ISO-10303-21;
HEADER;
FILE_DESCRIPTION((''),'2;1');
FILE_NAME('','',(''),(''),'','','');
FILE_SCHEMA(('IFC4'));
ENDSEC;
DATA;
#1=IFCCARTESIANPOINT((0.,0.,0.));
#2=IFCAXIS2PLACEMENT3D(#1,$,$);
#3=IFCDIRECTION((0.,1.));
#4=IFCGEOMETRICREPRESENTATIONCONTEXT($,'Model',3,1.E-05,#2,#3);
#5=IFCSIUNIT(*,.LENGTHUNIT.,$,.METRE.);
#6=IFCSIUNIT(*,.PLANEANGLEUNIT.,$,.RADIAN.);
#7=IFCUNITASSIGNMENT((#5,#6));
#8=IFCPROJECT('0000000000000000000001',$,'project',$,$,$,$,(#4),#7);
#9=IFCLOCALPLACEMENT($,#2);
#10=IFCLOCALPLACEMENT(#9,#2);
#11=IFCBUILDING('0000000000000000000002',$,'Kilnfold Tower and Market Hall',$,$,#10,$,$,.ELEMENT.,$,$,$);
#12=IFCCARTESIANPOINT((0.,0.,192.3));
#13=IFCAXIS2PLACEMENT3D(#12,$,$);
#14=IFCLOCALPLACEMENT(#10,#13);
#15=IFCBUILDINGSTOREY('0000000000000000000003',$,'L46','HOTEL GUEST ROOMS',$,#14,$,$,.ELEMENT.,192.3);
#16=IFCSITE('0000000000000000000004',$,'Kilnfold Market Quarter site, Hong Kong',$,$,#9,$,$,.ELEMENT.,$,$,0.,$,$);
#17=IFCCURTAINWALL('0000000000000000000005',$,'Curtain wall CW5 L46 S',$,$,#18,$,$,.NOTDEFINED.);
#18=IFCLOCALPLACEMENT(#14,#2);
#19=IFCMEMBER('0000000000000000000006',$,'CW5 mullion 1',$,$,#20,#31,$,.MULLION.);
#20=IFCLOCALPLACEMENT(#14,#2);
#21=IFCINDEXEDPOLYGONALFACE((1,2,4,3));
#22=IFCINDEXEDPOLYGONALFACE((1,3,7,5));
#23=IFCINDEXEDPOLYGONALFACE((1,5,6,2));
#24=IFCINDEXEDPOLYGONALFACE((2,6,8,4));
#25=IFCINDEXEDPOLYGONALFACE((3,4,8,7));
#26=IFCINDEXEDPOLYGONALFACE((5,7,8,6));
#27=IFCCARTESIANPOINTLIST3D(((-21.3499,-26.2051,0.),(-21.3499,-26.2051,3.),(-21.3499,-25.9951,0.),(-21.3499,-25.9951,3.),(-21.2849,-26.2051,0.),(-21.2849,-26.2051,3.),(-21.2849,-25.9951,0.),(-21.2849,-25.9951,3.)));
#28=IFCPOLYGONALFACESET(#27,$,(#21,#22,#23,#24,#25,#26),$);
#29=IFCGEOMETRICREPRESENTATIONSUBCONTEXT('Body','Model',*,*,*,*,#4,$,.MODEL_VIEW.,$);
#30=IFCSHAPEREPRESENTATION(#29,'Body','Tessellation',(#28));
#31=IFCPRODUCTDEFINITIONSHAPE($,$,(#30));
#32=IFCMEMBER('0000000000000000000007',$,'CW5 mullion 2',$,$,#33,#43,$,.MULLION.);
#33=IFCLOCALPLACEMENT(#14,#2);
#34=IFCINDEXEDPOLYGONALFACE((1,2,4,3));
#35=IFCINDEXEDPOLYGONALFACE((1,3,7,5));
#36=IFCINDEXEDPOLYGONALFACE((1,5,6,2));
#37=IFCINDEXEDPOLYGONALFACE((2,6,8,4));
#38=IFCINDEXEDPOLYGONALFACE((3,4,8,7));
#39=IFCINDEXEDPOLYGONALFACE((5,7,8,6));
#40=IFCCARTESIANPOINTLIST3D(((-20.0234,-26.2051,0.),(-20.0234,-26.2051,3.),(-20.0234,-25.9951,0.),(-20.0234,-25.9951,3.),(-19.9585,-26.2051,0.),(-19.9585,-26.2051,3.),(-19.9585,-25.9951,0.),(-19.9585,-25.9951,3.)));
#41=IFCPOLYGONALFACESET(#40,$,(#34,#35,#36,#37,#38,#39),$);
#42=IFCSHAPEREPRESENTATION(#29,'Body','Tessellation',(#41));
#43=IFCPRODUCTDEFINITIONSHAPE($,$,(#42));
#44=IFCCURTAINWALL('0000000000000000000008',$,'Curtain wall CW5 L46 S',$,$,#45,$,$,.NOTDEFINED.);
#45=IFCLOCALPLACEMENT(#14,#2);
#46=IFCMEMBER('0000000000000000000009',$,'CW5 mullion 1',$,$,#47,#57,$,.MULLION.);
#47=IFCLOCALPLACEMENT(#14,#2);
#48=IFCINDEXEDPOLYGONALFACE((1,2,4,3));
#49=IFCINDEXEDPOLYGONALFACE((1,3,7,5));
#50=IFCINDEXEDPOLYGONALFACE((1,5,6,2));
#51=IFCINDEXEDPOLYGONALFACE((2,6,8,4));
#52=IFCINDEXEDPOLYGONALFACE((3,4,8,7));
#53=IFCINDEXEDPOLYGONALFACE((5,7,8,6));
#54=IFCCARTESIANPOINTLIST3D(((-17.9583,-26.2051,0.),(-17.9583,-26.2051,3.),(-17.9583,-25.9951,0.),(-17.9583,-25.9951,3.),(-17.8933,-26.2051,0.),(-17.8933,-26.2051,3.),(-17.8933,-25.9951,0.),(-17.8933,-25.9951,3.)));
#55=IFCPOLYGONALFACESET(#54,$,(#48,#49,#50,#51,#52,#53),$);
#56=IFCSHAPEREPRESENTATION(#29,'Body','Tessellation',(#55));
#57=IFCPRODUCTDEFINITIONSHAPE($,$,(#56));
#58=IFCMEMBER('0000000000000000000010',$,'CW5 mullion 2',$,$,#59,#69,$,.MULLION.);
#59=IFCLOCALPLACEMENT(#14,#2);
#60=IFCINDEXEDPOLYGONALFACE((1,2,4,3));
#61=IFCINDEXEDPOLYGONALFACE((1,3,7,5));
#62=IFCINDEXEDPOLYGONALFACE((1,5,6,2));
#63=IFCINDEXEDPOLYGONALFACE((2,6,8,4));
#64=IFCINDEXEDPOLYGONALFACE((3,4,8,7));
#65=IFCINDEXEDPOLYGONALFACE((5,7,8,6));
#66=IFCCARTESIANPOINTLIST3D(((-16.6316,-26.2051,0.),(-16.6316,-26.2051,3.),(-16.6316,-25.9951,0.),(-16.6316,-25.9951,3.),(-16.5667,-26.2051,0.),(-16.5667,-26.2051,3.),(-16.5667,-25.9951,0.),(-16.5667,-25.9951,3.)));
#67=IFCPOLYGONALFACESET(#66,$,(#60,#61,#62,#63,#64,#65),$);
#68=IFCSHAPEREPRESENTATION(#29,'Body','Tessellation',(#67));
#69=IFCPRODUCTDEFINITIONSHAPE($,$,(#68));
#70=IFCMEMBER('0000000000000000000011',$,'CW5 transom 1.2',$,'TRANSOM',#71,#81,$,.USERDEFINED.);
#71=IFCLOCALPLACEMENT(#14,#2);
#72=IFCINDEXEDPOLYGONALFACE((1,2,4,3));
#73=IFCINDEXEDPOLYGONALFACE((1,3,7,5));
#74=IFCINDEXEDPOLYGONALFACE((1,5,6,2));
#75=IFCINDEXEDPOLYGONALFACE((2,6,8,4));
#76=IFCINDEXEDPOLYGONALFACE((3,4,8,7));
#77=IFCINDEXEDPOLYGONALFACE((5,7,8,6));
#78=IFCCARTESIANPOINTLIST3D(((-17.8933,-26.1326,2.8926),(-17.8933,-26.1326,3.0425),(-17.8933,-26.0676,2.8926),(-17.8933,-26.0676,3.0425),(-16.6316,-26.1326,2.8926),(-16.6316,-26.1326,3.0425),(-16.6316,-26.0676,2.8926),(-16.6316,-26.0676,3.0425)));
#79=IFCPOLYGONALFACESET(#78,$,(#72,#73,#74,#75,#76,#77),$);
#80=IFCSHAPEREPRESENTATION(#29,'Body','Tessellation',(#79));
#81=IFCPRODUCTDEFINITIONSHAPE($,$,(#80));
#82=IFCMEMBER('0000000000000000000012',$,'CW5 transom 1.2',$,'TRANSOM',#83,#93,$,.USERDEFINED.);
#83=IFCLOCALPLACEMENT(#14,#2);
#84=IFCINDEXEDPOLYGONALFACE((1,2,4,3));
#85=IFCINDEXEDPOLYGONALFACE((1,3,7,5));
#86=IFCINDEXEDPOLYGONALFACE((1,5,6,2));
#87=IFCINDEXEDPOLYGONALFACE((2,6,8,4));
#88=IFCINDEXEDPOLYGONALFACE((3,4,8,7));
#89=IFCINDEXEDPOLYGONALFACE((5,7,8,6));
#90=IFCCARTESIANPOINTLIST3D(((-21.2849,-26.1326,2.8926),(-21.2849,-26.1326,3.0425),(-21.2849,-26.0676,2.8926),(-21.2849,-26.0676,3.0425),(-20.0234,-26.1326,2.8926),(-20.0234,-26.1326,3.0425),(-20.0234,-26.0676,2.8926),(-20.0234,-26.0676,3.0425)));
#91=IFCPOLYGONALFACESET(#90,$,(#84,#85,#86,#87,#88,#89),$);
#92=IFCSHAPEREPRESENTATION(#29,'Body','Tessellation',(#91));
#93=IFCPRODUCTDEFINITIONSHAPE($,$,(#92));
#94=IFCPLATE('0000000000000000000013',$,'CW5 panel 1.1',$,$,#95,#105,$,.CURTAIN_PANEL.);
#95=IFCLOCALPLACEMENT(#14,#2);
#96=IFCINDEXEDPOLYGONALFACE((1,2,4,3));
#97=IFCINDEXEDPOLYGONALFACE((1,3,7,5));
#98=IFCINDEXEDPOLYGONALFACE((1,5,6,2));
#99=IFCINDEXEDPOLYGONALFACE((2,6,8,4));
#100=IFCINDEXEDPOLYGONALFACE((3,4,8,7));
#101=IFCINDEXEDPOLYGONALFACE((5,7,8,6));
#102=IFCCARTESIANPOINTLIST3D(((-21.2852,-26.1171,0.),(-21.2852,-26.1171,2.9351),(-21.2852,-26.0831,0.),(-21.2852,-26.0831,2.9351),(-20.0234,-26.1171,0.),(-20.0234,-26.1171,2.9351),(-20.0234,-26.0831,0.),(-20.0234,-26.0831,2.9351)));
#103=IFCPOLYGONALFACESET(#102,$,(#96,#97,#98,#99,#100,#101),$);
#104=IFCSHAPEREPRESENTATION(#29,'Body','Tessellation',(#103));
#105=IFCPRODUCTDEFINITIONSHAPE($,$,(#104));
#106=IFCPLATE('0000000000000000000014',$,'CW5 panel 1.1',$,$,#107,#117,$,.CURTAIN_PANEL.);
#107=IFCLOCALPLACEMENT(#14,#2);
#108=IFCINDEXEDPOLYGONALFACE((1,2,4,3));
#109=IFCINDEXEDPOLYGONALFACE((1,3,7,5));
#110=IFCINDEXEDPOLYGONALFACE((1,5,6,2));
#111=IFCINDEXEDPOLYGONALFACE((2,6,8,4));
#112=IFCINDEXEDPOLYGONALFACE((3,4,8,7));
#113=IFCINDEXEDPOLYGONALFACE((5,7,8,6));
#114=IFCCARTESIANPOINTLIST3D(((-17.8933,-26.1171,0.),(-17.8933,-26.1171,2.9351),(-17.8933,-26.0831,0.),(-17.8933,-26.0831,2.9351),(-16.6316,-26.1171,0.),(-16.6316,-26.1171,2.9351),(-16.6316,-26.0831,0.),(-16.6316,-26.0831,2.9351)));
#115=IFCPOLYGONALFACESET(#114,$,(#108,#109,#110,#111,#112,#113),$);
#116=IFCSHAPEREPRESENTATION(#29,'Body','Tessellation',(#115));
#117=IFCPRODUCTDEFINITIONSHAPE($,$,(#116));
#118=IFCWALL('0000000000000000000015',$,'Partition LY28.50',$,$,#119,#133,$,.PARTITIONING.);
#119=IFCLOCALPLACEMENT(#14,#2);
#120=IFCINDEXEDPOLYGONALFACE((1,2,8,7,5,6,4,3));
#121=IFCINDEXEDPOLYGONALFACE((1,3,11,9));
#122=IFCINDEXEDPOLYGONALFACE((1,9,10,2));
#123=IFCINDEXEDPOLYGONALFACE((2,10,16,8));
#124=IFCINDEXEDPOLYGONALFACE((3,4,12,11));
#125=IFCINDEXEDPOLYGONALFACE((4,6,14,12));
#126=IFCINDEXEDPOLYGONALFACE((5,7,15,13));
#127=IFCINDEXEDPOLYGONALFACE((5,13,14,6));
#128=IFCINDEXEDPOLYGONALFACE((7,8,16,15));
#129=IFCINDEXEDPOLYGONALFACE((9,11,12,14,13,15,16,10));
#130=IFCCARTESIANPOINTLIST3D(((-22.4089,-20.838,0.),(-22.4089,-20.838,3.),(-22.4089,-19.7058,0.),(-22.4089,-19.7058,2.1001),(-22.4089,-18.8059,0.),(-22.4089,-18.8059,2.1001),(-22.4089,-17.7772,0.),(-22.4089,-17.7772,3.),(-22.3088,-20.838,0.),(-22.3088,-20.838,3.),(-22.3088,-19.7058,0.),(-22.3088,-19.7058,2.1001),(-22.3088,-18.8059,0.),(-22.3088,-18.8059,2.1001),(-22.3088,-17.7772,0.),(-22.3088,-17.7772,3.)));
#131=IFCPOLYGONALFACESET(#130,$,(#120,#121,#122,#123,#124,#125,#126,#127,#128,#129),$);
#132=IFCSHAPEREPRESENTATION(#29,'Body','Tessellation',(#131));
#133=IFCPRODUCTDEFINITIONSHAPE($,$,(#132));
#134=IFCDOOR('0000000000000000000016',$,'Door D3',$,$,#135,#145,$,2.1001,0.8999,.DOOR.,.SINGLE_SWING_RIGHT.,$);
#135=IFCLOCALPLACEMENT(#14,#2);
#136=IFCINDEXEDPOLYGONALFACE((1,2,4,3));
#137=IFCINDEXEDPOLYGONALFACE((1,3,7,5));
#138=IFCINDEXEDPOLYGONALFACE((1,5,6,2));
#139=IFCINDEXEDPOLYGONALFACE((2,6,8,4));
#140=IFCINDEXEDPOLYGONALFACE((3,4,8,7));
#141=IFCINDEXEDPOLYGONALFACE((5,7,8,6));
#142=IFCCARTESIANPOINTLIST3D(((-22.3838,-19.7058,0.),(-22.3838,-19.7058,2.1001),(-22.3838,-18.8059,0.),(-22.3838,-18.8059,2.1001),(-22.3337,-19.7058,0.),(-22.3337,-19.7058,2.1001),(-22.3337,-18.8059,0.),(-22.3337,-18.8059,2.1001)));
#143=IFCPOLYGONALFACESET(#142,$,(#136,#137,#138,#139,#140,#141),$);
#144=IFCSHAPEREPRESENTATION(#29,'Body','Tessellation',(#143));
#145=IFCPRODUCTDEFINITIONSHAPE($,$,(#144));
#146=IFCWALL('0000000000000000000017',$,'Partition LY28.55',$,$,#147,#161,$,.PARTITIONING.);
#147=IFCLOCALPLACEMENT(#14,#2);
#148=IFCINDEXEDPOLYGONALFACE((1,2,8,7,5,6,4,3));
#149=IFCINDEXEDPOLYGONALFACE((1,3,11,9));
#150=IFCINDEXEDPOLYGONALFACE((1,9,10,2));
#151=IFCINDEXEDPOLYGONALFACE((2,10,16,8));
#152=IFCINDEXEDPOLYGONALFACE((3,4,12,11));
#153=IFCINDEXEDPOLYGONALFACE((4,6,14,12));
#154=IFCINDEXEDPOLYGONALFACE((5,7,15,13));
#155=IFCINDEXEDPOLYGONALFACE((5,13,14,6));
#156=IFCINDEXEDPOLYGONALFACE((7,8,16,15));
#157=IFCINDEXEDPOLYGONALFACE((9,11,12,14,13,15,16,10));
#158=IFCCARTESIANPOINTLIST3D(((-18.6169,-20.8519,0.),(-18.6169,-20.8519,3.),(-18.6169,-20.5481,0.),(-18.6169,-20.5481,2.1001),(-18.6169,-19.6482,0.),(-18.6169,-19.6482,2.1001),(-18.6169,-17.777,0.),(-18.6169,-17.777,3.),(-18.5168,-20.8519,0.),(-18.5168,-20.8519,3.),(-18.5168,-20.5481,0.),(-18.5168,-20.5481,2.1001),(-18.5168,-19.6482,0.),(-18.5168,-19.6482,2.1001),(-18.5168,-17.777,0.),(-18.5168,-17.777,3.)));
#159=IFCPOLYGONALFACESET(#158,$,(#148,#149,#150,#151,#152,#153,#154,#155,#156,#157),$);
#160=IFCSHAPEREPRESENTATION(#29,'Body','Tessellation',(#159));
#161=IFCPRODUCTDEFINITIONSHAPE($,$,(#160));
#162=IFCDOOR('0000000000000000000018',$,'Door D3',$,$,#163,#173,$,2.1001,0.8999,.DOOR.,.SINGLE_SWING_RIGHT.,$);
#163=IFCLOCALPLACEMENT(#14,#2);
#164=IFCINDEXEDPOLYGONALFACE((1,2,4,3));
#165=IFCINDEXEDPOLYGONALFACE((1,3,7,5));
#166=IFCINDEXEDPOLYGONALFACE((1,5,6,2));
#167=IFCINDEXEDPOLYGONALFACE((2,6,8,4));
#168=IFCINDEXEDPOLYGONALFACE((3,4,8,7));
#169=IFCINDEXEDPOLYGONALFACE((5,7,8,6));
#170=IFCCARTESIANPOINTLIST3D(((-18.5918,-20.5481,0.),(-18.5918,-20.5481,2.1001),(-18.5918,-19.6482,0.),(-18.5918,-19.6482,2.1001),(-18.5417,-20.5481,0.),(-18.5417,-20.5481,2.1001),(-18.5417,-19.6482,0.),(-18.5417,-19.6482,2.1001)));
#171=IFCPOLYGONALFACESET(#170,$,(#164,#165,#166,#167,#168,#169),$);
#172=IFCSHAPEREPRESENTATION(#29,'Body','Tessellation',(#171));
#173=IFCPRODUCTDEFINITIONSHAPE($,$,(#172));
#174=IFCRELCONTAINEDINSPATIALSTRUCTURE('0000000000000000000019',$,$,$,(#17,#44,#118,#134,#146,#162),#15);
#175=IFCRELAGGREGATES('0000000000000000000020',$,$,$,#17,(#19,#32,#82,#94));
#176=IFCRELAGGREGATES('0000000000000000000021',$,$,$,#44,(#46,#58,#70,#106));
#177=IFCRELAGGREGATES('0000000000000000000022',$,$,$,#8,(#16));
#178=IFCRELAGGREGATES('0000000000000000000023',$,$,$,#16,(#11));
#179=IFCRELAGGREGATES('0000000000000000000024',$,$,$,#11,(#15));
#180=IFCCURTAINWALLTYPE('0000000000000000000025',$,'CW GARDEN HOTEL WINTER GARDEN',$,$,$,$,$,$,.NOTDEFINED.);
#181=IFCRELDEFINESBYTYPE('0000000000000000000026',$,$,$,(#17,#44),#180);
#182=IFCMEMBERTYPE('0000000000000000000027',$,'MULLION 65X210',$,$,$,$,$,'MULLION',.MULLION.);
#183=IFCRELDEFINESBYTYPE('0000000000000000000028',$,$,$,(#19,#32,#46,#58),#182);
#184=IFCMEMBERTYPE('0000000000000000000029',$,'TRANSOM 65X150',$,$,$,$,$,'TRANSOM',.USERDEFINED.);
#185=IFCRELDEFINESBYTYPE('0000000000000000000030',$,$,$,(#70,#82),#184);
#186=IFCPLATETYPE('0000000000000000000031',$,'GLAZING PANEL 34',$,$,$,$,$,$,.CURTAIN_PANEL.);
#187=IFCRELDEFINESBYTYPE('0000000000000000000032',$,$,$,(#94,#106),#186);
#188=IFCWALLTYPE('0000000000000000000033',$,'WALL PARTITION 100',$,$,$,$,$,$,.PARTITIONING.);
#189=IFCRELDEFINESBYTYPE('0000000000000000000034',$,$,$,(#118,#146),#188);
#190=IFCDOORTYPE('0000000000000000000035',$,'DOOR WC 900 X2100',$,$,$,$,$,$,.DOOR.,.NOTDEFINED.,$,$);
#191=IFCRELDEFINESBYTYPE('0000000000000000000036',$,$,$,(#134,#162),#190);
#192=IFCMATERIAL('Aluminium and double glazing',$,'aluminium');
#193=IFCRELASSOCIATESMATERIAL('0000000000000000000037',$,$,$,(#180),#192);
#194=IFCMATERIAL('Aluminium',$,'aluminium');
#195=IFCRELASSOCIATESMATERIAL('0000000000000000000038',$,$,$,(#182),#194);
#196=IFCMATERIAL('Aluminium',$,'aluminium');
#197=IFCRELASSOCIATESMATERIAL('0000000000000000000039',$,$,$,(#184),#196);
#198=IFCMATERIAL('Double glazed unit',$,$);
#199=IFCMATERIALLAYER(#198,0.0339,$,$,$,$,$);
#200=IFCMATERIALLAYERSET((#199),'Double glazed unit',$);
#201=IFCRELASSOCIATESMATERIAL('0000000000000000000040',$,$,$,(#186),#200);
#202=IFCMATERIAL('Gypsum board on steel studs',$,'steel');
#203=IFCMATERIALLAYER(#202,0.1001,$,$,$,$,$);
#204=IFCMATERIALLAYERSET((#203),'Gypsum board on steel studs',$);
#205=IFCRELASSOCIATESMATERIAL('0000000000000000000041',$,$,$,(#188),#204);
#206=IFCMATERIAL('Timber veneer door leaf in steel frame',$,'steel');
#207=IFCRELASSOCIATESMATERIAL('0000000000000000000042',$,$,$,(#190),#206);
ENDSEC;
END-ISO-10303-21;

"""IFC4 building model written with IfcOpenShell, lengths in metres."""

from ifc_helpers import new_model, si_unit, direction, frame, frame_2d, origin, origin_2d, place, context, subcontext, project, spatial, rectangle, extrude, source, transform, mapped, material, layer, layer_set, material_profile, profile_set, type_object, element, fill, aggregate, save


model = new_model("IFC4")

# Units and contexts
model_context = context("Model", 3, precision=1e-05, world=origin(), true_north=direction((0.0, 1.0)))
body_context = subcontext(model_context, "Body", "Model", "MODEL_VIEW")
ifc_project = project(units=[si_unit("LENGTHUNIT", "METRE"), si_unit("PLANEANGLEUNIT", "RADIAN")], contexts=[model_context])

# Site, building, storey
site_placement = place(None, origin())
site = spatial("IfcSite", under=ifc_project, at=site_placement, Name="Kilnfold Market Quarter site, Hong Kong", CompositionType="ELEMENT", RefElevation=0.0)
building_placement = place(site_placement, origin())
building = spatial("IfcBuilding", under=site, at=building_placement, Name="Kilnfold Tower and Market Hall", CompositionType="ELEMENT")
storey_placement = place(building_placement, frame((0.0, 0.0, 192.3)))
storey = spatial("IfcBuildingStorey", under=building, at=storey_placement, Name="L46", Description="HOTEL GUEST ROOMS", CompositionType="ELEMENT", Elevation=192.3)

# Curtain walls, members
ifc_material_1 = material(Name="Aluminium and double glazing", Category="aluminium")
curtain_wall_type = type_object("IfcCurtainWallType", Name="CW GARDEN HOTEL WINTER GARDEN", PredefinedType="NOTDEFINED", material=ifc_material_1)
curtain_wall_1_placement = place(storey_placement, origin())
curtain_wall_1 = element("IfcCurtainWall", 1, at=curtain_wall_1_placement, inside=storey, type_object=curtain_wall_type, Name="Curtain wall CW5 L46 S", PredefinedType="NOTDEFINED")
ifc_material_2 = material(Name="Aluminium", Category="aluminium")
ifc_material_profile_1 = material_profile(ifc_material_2, rectangle(XDim=0.0649, YDim=0.21, at=origin_2d()), Name="MULLION 65x210")
ifc_profile_set_1 = profile_set([ifc_material_profile_1], Name="Aluminium")
member_type_1 = type_object("IfcMemberType", Name="MULLION 65X210", ElementType="MULLION", PredefinedType="MULLION", material=ifc_profile_set_1)
shared_shape_1 = source(origin(), body_context, "Body", "SweptSolid", [
    extrude(rectangle(XDim=0.0649, YDim=0.21, at=origin_2d()), origin(), (0.0, 0.0, 1.0), 3.0),
])
member_1_placement = place(storey_placement, frame((-21.3174, -26.1001, 0.0), z_axis=(0.0, 0.0, 1.0), x_axis=(1.0, 0.0, 0.0)))
member_1 = element("IfcMember", 2, at=member_1_placement, type_object=member_type_1, Name="CW5 mullion 1", PredefinedType="MULLION", context=body_context, shape_type="MappedRepresentation", body=[
    mapped(shared_shape_1, transform((0.0, 0.0, 0.0))),
])
member_2_placement = place(storey_placement, frame((-19.991, -26.1001, 0.0), z_axis=(0.0, 0.0, 1.0), x_axis=(1.0, 0.0, 0.0)))
member_2 = element("IfcMember", 3, at=member_2_placement, type_object=member_type_1, Name="CW5 mullion 2", PredefinedType="MULLION", context=body_context, shape_type="MappedRepresentation", body=[
    mapped(shared_shape_1, transform((0.0, 0.0, 0.0))),
])
curtain_wall_2_placement = place(storey_placement, origin())
curtain_wall_2 = element("IfcCurtainWall", 4, at=curtain_wall_2_placement, inside=storey, type_object=curtain_wall_type, Name="Curtain wall CW5 L46 S", PredefinedType="NOTDEFINED")
member_3_placement = place(storey_placement, frame((-17.9258, -26.1001, 0.0), z_axis=(0.0, 0.0, 1.0), x_axis=(1.0, 0.0, 0.0)))
member_3 = element("IfcMember", 5, at=member_3_placement, type_object=member_type_1, Name="CW5 mullion 1", PredefinedType="MULLION", context=body_context, shape_type="MappedRepresentation", body=[
    mapped(shared_shape_1, transform((0.0, 0.0, 0.0))),
])
member_4_placement = place(storey_placement, frame((-16.5991, -26.1001, 0.0), z_axis=(0.0, 0.0, 1.0), x_axis=(1.0, 0.0, 0.0)))
member_4 = element("IfcMember", 6, at=member_4_placement, type_object=member_type_1, Name="CW5 mullion 2", PredefinedType="MULLION", context=body_context, shape_type="MappedRepresentation", body=[
    mapped(shared_shape_1, transform((0.0, 0.0, 0.0))),
])
ifc_material_3 = material(Name="Aluminium", Category="aluminium")
ifc_material_profile_2 = material_profile(ifc_material_3, rectangle(XDim=0.0649, YDim=0.1499, at=origin_2d()), Name="TRANSOM 65x150")
ifc_profile_set_2 = profile_set([ifc_material_profile_2], Name="Aluminium")
member_type_2 = type_object("IfcMemberType", Name="TRANSOM 65X150", ElementType="TRANSOM", PredefinedType="USERDEFINED", material=ifc_profile_set_2)
shared_shape_2 = source(origin(), body_context, "Body", "SweptSolid", [
    extrude(rectangle(XDim=0.0649, YDim=0.1499, at=origin_2d()), origin(), (0.0, 0.0, 1.0), 1.2617),
])
member_5_placement = place(storey_placement, frame((-17.8933, -26.1001, 2.9675), z_axis=(1.0, 0.0, 0.0), x_axis=(0.0, 1.0, 0.0)))
member_5 = element("IfcMember", 7, at=member_5_placement, type_object=member_type_2, Name="CW5 transom 1.2", ObjectType="TRANSOM", PredefinedType="USERDEFINED", context=body_context, shape_type="MappedRepresentation", body=[
    mapped(shared_shape_2, transform((0.0, 0.0, 0.0))),
])

# Member
shared_shape_3 = source(origin(), body_context, "Body", "SweptSolid", [
    extrude(rectangle(XDim=0.0649, YDim=0.1499, at=origin_2d()), origin(), (0.0, 0.0, 1.0), 1.2615),
])
member_6_placement = place(storey_placement, frame((-21.2849, -26.1001, 2.9675), z_axis=(1.0, 0.0, 0.0), x_axis=(0.0, 1.0, 0.0)))
member_6 = element("IfcMember", 8, at=member_6_placement, type_object=member_type_2, Name="CW5 transom 1.2", ObjectType="TRANSOM", PredefinedType="USERDEFINED", context=body_context, shape_type="MappedRepresentation", body=[
    mapped(shared_shape_3, transform((0.0, 0.0, 0.0))),
])

# Plates
ifc_material_4 = material(Name="Double glazed unit")
ifc_layer_1 = layer(ifc_material_4, 0.0339)
ifc_layer_set_1 = layer_set([ifc_layer_1], Name="Double glazed unit")
plate_type = type_object("IfcPlateType", Name="GLAZING PANEL 34", PredefinedType="CURTAIN_PANEL", material=ifc_layer_set_1)
shared_shape_4 = source(origin(), body_context, "Body", "SweptSolid", [
    extrude(rectangle(XDim=1.2617, YDim=0.0339, at=origin_2d()), origin(), (0.0, 0.0, 1.0), 2.9351),
])
plate_1_placement = place(storey_placement, frame((-20.6543, -26.1001, 0.0), z_axis=(0.0, 0.0, 1.0), x_axis=(1.0, 0.0, 0.0)))
plate_1 = element("IfcPlate", 9, at=plate_1_placement, type_object=plate_type, Name="CW5 panel 1.1", PredefinedType="CURTAIN_PANEL", context=body_context, shape_type="MappedRepresentation", body=[
    mapped(shared_shape_4, transform((0.0, 0.0, 0.0))),
])
aggregate(curtain_wall_1, [member_1, member_2, member_6, plate_1])
plate_2_placement = place(storey_placement, frame((-17.2625, -26.1001, 0.0), z_axis=(0.0, 0.0, 1.0), x_axis=(1.0, 0.0, 0.0)))
plate_2 = element("IfcPlate", 10, at=plate_2_placement, type_object=plate_type, Name="CW5 panel 1.1", PredefinedType="CURTAIN_PANEL", context=body_context, shape_type="MappedRepresentation", body=[
    mapped(shared_shape_4, transform((0.0, 0.0, 0.0))),
])
aggregate(curtain_wall_2, [member_3, member_4, member_5, plate_2])

# Walls, openings, doors
ifc_material_5 = material(Name="Gypsum board on steel studs", Category="steel")
ifc_layer_2 = layer(ifc_material_5, 0.1001)
ifc_layer_set_2 = layer_set([ifc_layer_2], Name="Gypsum board on steel studs")
wall_type_1 = type_object("IfcWallType", Name="WALL PARTITION 100", PredefinedType="PARTITIONING", material=ifc_layer_set_2)
wall_1_placement = place(storey_placement, frame((-22.3589, -20.8379, 0.0), z_axis=(0.0, 0.0, 1.0), x_axis=(0.0, 1.0, 0.0)))
wall_1 = element("IfcWall", 11, at=wall_1_placement, inside=storey, type_object=wall_type_1, Name="Partition LY28.50", PredefinedType="PARTITIONING", context=body_context, shape_type="SweptSolid", body=[
    extrude(rectangle(XDim=3.0608, YDim=0.1001, at=frame_2d((1.5303, 0.0))), origin(), (0.0, 0.0, 1.0), 3.0),
])
opening_1_placement = place(wall_1_placement, frame((1.1321, 0.0, 0.0)))
opening_1 = element("IfcOpeningElement", 12, at=opening_1_placement, cuts=wall_1, PredefinedType="OPENING", context=body_context, shape_type="SweptSolid", body=[
    extrude(rectangle(XDim=0.8999, YDim=2.1001, at=frame_2d((0.45, 1.05))), frame((0.0, 0.0601, 0.0), z_axis=(0.0, -1.0, 0.0), x_axis=(1.0, 0.0, 0.0)), (0.0, 0.0, 1.0), 0.1201),
])
ifc_material_6 = material(Name="Timber veneer door leaf in steel frame", Category="steel")
door_type_1 = type_object("IfcDoorType", Name="DOOR WC 900 X2100", OperationType="NOTDEFINED", PredefinedType="DOOR", material=ifc_material_6)
door_1_placement = place(opening_1_placement, origin())
door_1 = element("IfcDoor", 13, at=door_1_placement, inside=storey, type_object=door_type_1, Name="Door D3", OperationType="SINGLE_SWING_RIGHT", OverallHeight=2.1001, OverallWidth=0.8999, PredefinedType="DOOR", context=body_context, shape_type="SweptSolid", body=[
    extrude(rectangle(XDim=0.8999, YDim=2.1001, at=frame_2d((0.45, 1.05))), frame((0.0, 0.0249, 0.0), z_axis=(0.0, -1.0, 0.0), x_axis=(1.0, 0.0, 0.0)), (0.0, 0.0, 1.0), 0.05),
])
fill(opening_1, door_1)
wall_2_placement = place(storey_placement, frame((-18.5669, -20.8521, 0.0), z_axis=(0.0, 0.0, 1.0), x_axis=(0.0, 1.0, 0.0)))
wall_2 = element("IfcWall", 14, at=wall_2_placement, inside=storey, type_object=wall_type_1, Name="Partition LY28.55", PredefinedType="PARTITIONING", context=body_context, shape_type="SweptSolid", body=[
    extrude(rectangle(XDim=3.075, YDim=0.1001, at=frame_2d((1.5376, 0.0))), origin(), (0.0, 0.0, 1.0), 3.0),
])
opening_2_placement = place(wall_2_placement, frame((0.304, 0.0, 0.0)))
opening_2 = element("IfcOpeningElement", 15, at=opening_2_placement, cuts=wall_2, PredefinedType="OPENING", context=body_context, shape_type="SweptSolid", body=[
    extrude(rectangle(XDim=0.8999, YDim=2.1001, at=frame_2d((0.45, 1.05))), frame((0.0, 0.0601, 0.0), z_axis=(0.0, -1.0, 0.0), x_axis=(1.0, 0.0, 0.0)), (0.0, 0.0, 1.0), 0.1201),
])
door_2_placement = place(opening_2_placement, origin())
door_2 = element("IfcDoor", 16, at=door_2_placement, inside=storey, type_object=door_type_1, Name="Door D3", OperationType="SINGLE_SWING_RIGHT", OverallHeight=2.1001, OverallWidth=0.8999, PredefinedType="DOOR", context=body_context, shape_type="SweptSolid", body=[
    extrude(rectangle(XDim=0.8999, YDim=2.1001, at=frame_2d((0.45, 1.05))), frame((0.0, 0.0249, 0.0), z_axis=(0.0, -1.0, 0.0), x_axis=(1.0, 0.0, 0.0)), (0.0, 0.0, 1.0), 0.05),
])
fill(opening_2, door_2)

save(model, "model.ifc")
